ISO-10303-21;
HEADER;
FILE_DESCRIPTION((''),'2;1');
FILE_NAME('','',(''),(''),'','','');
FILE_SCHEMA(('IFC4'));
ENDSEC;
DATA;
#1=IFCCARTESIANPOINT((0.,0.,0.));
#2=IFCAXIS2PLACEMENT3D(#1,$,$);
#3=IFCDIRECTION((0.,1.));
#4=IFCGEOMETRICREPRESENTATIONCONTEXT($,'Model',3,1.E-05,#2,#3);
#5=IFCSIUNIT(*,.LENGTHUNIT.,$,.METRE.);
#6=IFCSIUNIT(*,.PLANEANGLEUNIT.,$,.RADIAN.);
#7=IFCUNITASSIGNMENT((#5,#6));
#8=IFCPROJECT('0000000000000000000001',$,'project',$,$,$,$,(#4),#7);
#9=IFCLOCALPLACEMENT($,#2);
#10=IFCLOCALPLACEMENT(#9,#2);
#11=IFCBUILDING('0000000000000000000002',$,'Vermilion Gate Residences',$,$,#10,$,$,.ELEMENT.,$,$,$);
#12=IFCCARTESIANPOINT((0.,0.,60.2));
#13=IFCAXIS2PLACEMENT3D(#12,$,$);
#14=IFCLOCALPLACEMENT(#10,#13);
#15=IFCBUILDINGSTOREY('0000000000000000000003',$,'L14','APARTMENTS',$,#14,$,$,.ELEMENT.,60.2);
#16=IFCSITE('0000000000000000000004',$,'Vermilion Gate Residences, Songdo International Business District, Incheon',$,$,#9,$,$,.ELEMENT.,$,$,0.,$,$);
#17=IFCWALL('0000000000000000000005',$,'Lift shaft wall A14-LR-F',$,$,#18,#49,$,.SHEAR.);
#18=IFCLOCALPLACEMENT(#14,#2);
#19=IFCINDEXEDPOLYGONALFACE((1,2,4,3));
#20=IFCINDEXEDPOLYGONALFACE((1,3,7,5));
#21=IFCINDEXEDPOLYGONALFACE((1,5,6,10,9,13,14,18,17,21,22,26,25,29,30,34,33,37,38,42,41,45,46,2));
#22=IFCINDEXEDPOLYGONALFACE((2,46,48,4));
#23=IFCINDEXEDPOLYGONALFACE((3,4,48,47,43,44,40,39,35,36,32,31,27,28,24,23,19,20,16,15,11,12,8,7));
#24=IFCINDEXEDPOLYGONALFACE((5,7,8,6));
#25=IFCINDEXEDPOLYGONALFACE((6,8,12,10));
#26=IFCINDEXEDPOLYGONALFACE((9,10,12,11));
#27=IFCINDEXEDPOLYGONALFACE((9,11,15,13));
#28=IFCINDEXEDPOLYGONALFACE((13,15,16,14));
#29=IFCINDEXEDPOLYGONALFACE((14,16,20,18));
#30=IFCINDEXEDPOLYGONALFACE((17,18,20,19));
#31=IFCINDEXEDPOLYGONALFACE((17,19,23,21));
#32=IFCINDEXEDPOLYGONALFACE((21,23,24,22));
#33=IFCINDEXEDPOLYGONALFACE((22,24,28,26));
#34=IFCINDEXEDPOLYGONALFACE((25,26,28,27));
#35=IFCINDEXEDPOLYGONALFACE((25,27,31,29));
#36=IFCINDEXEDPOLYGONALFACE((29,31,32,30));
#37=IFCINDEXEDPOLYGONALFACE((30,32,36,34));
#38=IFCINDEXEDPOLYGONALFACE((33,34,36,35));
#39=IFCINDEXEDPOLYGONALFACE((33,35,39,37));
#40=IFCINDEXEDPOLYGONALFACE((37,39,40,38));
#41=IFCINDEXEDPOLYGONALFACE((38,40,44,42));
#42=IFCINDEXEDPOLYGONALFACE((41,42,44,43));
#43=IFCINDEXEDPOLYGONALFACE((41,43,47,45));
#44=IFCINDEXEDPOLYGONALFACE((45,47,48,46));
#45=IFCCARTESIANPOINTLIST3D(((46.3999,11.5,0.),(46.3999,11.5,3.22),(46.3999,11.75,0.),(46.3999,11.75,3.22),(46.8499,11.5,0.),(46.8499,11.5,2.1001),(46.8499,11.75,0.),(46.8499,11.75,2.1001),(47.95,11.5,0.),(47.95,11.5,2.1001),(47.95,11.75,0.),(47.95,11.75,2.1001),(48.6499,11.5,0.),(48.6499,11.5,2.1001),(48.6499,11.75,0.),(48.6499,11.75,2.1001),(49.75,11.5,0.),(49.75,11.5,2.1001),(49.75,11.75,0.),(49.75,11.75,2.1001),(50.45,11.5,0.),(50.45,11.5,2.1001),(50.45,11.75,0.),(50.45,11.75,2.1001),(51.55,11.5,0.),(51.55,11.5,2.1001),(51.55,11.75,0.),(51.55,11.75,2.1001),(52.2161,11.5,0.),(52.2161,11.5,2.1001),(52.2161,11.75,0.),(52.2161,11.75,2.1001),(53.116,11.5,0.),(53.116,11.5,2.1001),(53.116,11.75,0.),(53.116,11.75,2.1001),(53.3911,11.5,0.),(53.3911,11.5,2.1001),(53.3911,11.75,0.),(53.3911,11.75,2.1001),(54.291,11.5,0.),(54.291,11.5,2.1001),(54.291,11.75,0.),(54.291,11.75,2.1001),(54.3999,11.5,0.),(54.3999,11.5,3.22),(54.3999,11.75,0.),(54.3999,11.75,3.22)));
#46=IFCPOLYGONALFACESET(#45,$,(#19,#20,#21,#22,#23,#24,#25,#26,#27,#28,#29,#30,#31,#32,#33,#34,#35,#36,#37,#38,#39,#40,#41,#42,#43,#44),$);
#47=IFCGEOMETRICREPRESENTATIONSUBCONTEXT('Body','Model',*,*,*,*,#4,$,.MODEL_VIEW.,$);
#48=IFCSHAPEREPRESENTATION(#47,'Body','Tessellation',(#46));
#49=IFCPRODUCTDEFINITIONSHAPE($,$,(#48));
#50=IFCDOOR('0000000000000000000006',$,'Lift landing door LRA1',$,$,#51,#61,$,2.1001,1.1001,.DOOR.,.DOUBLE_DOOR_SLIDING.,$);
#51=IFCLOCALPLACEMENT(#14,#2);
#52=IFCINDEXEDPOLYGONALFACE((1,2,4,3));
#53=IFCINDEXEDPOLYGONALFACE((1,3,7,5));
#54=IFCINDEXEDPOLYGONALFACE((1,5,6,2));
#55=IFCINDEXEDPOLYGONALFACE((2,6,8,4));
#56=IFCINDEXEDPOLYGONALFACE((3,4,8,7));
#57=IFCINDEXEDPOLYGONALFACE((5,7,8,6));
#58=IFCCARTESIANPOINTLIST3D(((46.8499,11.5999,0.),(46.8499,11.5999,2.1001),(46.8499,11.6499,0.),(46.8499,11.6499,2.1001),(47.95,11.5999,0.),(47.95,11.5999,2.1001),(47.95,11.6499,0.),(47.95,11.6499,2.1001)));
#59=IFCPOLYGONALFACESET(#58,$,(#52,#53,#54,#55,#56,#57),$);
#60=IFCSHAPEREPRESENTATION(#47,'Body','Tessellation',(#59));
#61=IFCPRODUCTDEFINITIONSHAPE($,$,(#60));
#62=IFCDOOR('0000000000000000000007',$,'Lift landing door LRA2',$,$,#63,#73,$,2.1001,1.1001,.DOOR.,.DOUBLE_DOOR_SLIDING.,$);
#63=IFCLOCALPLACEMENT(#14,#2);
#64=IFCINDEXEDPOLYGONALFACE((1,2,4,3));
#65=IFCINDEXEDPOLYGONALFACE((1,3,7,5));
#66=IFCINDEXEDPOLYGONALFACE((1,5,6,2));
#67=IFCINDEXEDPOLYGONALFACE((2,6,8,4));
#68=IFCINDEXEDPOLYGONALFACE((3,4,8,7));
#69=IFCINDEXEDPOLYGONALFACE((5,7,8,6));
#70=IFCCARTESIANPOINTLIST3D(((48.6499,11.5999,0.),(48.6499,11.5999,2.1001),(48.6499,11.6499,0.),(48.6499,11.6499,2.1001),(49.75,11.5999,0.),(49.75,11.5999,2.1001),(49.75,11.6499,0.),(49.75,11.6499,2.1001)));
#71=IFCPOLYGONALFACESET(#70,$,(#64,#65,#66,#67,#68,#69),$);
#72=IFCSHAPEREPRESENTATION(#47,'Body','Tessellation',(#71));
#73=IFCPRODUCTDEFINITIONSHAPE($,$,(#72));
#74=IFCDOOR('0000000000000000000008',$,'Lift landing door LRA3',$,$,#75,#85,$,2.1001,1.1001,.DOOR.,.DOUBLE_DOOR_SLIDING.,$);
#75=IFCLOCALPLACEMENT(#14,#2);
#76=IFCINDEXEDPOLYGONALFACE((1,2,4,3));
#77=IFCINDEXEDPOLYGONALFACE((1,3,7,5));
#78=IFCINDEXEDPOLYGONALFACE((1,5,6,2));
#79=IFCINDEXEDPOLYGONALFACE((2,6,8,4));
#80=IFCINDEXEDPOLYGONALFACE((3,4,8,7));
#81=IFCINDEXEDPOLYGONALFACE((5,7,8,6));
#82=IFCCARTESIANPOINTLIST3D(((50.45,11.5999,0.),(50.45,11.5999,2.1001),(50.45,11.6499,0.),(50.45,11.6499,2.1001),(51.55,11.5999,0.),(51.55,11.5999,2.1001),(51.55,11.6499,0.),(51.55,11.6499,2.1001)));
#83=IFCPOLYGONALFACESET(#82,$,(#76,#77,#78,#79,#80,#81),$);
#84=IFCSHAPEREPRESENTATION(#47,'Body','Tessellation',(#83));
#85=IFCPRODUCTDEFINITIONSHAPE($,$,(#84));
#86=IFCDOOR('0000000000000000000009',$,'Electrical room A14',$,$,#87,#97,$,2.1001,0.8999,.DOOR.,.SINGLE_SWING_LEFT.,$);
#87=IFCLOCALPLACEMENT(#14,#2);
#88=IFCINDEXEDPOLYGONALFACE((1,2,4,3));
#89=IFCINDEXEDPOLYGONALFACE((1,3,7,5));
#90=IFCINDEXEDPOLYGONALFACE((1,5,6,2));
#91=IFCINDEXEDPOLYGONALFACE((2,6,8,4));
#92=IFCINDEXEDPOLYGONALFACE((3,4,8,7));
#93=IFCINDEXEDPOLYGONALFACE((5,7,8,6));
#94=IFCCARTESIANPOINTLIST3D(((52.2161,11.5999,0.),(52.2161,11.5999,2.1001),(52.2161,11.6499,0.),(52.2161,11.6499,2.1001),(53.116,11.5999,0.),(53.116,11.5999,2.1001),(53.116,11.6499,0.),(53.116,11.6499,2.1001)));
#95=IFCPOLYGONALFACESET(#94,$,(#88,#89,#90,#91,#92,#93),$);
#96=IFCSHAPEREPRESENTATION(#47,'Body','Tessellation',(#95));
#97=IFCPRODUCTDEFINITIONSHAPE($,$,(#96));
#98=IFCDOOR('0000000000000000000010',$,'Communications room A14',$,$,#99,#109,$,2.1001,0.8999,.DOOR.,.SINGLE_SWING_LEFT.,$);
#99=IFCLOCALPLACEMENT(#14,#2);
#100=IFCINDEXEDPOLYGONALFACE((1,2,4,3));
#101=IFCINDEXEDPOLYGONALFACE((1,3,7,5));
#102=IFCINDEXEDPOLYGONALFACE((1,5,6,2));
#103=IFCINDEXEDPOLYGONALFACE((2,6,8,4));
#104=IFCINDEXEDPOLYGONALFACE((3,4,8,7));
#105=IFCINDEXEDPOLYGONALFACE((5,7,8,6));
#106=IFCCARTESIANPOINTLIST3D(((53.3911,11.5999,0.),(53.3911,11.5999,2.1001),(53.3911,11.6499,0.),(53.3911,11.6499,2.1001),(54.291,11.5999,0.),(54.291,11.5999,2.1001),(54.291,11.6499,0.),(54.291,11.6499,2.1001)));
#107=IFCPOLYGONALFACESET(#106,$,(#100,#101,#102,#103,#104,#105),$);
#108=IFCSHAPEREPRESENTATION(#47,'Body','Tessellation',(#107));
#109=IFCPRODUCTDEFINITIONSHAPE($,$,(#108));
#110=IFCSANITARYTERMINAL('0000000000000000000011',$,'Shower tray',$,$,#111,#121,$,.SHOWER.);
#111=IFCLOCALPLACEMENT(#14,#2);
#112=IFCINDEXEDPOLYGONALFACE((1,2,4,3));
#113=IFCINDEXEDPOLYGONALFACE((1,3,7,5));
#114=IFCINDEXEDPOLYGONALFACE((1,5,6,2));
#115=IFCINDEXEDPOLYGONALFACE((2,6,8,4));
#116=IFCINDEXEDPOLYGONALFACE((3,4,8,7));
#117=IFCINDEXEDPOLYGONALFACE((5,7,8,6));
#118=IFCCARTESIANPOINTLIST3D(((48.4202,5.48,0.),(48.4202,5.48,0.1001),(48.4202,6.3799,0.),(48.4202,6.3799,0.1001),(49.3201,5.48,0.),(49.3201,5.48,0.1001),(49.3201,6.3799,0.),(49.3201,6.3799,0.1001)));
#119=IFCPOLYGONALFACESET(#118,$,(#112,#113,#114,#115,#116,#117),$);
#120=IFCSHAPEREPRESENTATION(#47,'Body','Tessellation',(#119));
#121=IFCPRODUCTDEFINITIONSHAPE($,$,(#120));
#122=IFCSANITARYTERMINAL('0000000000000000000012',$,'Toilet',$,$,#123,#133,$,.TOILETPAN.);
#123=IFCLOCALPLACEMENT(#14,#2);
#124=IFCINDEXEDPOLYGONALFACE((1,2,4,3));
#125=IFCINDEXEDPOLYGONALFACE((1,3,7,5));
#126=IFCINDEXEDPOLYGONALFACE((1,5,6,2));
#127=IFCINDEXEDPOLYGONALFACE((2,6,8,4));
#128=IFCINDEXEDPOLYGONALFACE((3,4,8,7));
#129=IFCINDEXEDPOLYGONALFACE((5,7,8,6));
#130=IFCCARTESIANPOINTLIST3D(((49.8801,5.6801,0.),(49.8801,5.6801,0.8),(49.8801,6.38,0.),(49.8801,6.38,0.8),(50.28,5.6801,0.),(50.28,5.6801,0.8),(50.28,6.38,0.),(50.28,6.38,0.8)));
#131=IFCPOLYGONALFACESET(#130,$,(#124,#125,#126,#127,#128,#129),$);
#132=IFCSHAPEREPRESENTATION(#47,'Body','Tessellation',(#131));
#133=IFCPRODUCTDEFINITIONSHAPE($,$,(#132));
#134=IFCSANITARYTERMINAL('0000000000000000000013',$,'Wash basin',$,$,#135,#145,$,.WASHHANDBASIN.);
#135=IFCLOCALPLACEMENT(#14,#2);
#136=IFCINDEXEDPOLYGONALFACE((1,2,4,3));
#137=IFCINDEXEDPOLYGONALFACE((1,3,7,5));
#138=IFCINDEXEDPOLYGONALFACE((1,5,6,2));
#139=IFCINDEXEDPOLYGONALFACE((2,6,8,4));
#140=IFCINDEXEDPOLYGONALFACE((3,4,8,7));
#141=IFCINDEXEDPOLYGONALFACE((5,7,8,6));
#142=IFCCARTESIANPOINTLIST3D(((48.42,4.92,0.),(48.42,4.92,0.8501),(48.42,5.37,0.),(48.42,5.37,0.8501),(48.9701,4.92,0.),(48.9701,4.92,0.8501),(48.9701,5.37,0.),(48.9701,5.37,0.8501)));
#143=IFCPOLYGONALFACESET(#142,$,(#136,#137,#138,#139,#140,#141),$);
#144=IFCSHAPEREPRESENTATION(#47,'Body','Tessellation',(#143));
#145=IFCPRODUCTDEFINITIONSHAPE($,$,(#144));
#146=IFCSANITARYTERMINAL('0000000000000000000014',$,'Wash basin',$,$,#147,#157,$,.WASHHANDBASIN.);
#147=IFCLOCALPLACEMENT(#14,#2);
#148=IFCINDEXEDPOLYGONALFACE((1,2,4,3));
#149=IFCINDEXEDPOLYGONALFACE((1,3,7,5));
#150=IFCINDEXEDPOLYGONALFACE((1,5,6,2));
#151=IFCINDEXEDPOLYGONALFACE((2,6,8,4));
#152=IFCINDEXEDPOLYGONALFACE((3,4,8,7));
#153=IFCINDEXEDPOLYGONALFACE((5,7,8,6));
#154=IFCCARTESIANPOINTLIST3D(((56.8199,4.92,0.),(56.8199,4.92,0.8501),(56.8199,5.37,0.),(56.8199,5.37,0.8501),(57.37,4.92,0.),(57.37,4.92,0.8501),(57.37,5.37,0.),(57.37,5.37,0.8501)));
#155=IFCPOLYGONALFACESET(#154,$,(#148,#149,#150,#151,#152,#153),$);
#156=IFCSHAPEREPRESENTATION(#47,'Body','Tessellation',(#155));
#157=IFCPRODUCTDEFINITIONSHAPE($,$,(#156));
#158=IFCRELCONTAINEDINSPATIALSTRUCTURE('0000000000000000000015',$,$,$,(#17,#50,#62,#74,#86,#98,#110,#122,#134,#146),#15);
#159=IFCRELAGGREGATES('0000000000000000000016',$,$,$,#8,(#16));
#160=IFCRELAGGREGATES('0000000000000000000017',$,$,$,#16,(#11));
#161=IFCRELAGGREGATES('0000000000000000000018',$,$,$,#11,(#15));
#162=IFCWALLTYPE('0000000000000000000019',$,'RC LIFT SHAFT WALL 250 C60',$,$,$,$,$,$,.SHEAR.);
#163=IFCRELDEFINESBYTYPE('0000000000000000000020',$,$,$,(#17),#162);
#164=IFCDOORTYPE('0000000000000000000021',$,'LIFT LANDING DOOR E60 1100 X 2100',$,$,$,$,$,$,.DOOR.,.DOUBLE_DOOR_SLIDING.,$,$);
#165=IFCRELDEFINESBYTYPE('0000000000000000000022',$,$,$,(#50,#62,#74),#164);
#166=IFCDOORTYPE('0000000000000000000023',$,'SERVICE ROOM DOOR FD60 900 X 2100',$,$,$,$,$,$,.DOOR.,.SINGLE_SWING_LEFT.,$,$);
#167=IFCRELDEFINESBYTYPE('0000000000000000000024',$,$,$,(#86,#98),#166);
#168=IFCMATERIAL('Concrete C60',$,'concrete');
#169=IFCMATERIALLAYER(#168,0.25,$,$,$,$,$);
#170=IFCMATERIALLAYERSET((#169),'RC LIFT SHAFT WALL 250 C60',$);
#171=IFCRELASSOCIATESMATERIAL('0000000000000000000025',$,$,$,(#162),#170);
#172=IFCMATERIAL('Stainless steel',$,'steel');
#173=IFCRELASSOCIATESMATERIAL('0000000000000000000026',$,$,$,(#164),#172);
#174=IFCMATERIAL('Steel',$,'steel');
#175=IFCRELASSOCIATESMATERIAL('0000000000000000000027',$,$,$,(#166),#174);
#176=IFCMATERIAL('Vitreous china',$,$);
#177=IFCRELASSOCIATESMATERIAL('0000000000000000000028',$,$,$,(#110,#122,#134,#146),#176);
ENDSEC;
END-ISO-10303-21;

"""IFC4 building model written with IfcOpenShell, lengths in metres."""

from ifc_helpers import new_model, si_unit, direction, frame, frame_2d, origin, origin_2d, place, context, subcontext, project, spatial, rectangle, extrude, material, layer, layer_set, type_object, element, fill, save


model = new_model("IFC4")

# Units and contexts
model_context = context("Model", 3, precision=1e-05, world=origin(), true_north=direction((0.0, 1.0)))
body_context = subcontext(model_context, "Body", "Model", "MODEL_VIEW")
ifc_project = project(units=[si_unit("LENGTHUNIT", "METRE"), si_unit("PLANEANGLEUNIT", "RADIAN")], contexts=[model_context])

# Site, building, storey
site_placement = place(None, origin())
site = spatial("IfcSite", under=ifc_project, at=site_placement, Name="Vermilion Gate Residences, Songdo International Business District, Incheon", CompositionType="ELEMENT", RefElevation=0.0)
building_placement = place(site_placement, origin())
building = spatial("IfcBuilding", under=site, at=building_placement, Name="Vermilion Gate Residences", CompositionType="ELEMENT")
storey_placement = place(building_placement, frame((0.0, 0.0, 60.2)))
storey = spatial("IfcBuildingStorey", under=building, at=storey_placement, Name="L14", Description="APARTMENTS", CompositionType="ELEMENT", Elevation=60.2)

# Wall, openings, doors
ifc_material_1 = material(Name="Concrete C60", Category="concrete")
ifc_layer_1 = layer(ifc_material_1, 0.25)
ifc_layer_set_1 = layer_set([ifc_layer_1], Name="RC LIFT SHAFT WALL 250 C60")
wall_type_1 = type_object("IfcWallType", Name="RC LIFT SHAFT WALL 250 C60", PredefinedType="SHEAR", material=ifc_layer_set_1)
wall_1_placement = place(storey_placement, frame((46.3999, 11.625, 0.0), z_axis=(0.0, 0.0, 1.0), x_axis=(1.0, 0.0, 0.0)))
wall_1 = element("IfcWall", 1, at=wall_1_placement, inside=storey, type_object=wall_type_1, Name="Lift shaft wall A14-LR-F", PredefinedType="SHEAR", context=body_context, shape_type="SweptSolid", body=[
    extrude(rectangle(XDim=8.0, YDim=0.25, at=frame_2d((4.0, 0.0))), origin(), (0.0, 0.0, 1.0), 3.22),
])
opening_1_placement = place(wall_1_placement, frame((0.45, 0.0, 0.0)))
opening_1 = element("IfcOpeningElement", 2, at=opening_1_placement, cuts=wall_1, PredefinedType="OPENING", context=body_context, shape_type="SweptSolid", body=[
    extrude(rectangle(XDim=1.1001, YDim=2.1001, at=frame_2d((0.55, 1.05))), frame((0.0, 0.135, 0.0), z_axis=(0.0, -1.0, 0.0), x_axis=(1.0, 0.0, 0.0)), (0.0, 0.0, 1.0), 0.27),
])
opening_2_placement = place(wall_1_placement, frame((2.25, 0.0, 0.0)))
opening_2 = element("IfcOpeningElement", 3, at=opening_2_placement, cuts=wall_1, PredefinedType="OPENING", context=body_context, shape_type="SweptSolid", body=[
    extrude(rectangle(XDim=1.1001, YDim=2.1001, at=frame_2d((0.55, 1.05))), frame((0.0, 0.135, 0.0), z_axis=(0.0, -1.0, 0.0), x_axis=(1.0, 0.0, 0.0)), (0.0, 0.0, 1.0), 0.27),
])
opening_3_placement = place(wall_1_placement, frame((4.05, 0.0, 0.0)))
opening_3 = element("IfcOpeningElement", 4, at=opening_3_placement, cuts=wall_1, PredefinedType="OPENING", context=body_context, shape_type="SweptSolid", body=[
    extrude(rectangle(XDim=1.1001, YDim=2.1001, at=frame_2d((0.55, 1.05))), frame((0.0, 0.135, 0.0), z_axis=(0.0, -1.0, 0.0), x_axis=(1.0, 0.0, 0.0)), (0.0, 0.0, 1.0), 0.27),
])
opening_4_placement = place(wall_1_placement, frame((5.8162, 0.0, 0.0)))
opening_4 = element("IfcOpeningElement", 5, at=opening_4_placement, cuts=wall_1, PredefinedType="OPENING", context=body_context, shape_type="SweptSolid", body=[
    extrude(rectangle(XDim=0.8999, YDim=2.1001, at=frame_2d((0.45, 1.05))), frame((0.0, 0.135, 0.0), z_axis=(0.0, -1.0, 0.0), x_axis=(1.0, 0.0, 0.0)), (0.0, 0.0, 1.0), 0.27),
])
opening_5_placement = place(wall_1_placement, frame((6.9912, 0.0, 0.0)))
opening_5 = element("IfcOpeningElement", 6, at=opening_5_placement, cuts=wall_1, PredefinedType="OPENING", context=body_context, shape_type="SweptSolid", body=[
    extrude(rectangle(XDim=0.8999, YDim=2.1001, at=frame_2d((0.45, 1.05))), frame((0.0, 0.135, 0.0), z_axis=(0.0, -1.0, 0.0), x_axis=(1.0, 0.0, 0.0)), (0.0, 0.0, 1.0), 0.27),
])
ifc_material_2 = material(Name="Stainless steel", Category="steel")
door_type_1 = type_object("IfcDoorType", Name="LIFT LANDING DOOR E60 1100 X 2100", OperationType="DOUBLE_DOOR_SLIDING", PredefinedType="DOOR", material=ifc_material_2)
door_1_placement = place(opening_1_placement, origin())
door_1 = element("IfcDoor", 7, at=door_1_placement, inside=storey, type_object=door_type_1, Name="Lift landing door LRA1", OperationType="DOUBLE_DOOR_SLIDING", OverallHeight=2.1001, OverallWidth=1.1001, PredefinedType="DOOR", context=body_context, shape_type="SweptSolid", body=[
    extrude(rectangle(XDim=1.1001, YDim=2.1001, at=frame_2d((0.55, 1.05))), frame((0.0, 0.0249, 0.0), z_axis=(0.0, -1.0, 0.0), x_axis=(1.0, 0.0, 0.0)), (0.0, 0.0, 1.0), 0.05),
])
fill(opening_1, door_1)
door_2_placement = place(opening_2_placement, origin())
door_2 = element("IfcDoor", 8, at=door_2_placement, inside=storey, type_object=door_type_1, Name="Lift landing door LRA2", OperationType="DOUBLE_DOOR_SLIDING", OverallHeight=2.1001, OverallWidth=1.1001, PredefinedType="DOOR", context=body_context, shape_type="SweptSolid", body=[
    extrude(rectangle(XDim=1.1001, YDim=2.1001, at=frame_2d((0.55, 1.05))), frame((0.0, 0.0249, 0.0), z_axis=(0.0, -1.0, 0.0), x_axis=(1.0, 0.0, 0.0)), (0.0, 0.0, 1.0), 0.05),
])
fill(opening_2, door_2)
door_3_placement = place(opening_3_placement, origin())
door_3 = element("IfcDoor", 9, at=door_3_placement, inside=storey, type_object=door_type_1, Name="Lift landing door LRA3", OperationType="DOUBLE_DOOR_SLIDING", OverallHeight=2.1001, OverallWidth=1.1001, PredefinedType="DOOR", context=body_context, shape_type="SweptSolid", body=[
    extrude(rectangle(XDim=1.1001, YDim=2.1001, at=frame_2d((0.55, 1.05))), frame((0.0, 0.0249, 0.0), z_axis=(0.0, -1.0, 0.0), x_axis=(1.0, 0.0, 0.0)), (0.0, 0.0, 1.0), 0.05),
])
fill(opening_3, door_3)
ifc_material_3 = material(Name="Steel", Category="steel")
door_type_2 = type_object("IfcDoorType", Name="SERVICE ROOM DOOR FD60 900 X 2100", OperationType="SINGLE_SWING_LEFT", PredefinedType="DOOR", material=ifc_material_3)
door_4_placement = place(opening_4_placement, origin())
door_4 = element("IfcDoor", 10, at=door_4_placement, inside=storey, type_object=door_type_2, Name="Electrical room A14", OperationType="SINGLE_SWING_LEFT", OverallHeight=2.1001, OverallWidth=0.8999, PredefinedType="DOOR", context=body_context, shape_type="SweptSolid", body=[
    extrude(rectangle(XDim=0.8999, YDim=2.1001, at=frame_2d((0.45, 1.05))), frame((0.0, 0.0249, 0.0), z_axis=(0.0, -1.0, 0.0), x_axis=(1.0, 0.0, 0.0)), (0.0, 0.0, 1.0), 0.05),
])
fill(opening_4, door_4)
door_5_placement = place(opening_5_placement, origin())
door_5 = element("IfcDoor", 11, at=door_5_placement, inside=storey, type_object=door_type_2, Name="Communications room A14", OperationType="SINGLE_SWING_LEFT", OverallHeight=2.1001, OverallWidth=0.8999, PredefinedType="DOOR", context=body_context, shape_type="SweptSolid", body=[
    extrude(rectangle(XDim=0.8999, YDim=2.1001, at=frame_2d((0.45, 1.05))), frame((0.0, 0.0249, 0.0), z_axis=(0.0, -1.0, 0.0), x_axis=(1.0, 0.0, 0.0)), (0.0, 0.0, 1.0), 0.05),
])
fill(opening_5, door_5)

# Sanitary terminals
ifc_material_4 = material(Name="Vitreous china")
sanitary_terminal_1_placement = place(storey_placement, frame((48.8701, 5.9299, 0.0), z_axis=(0.0, 0.0, 1.0), x_axis=(1.0, 0.0, 0.0)))
element("IfcSanitaryTerminal", 12, at=sanitary_terminal_1_placement, inside=storey, material=ifc_material_4, Name="Shower tray", PredefinedType="SHOWER", context=body_context, shape_type="SweptSolid", body=[
    extrude(rectangle(XDim=0.8999, YDim=0.8999, at=origin_2d()), origin(), (0.0, 0.0, 1.0), 0.1001),
])
sanitary_terminal_2_placement = place(storey_placement, frame((50.0801, 6.03, 0.0), z_axis=(0.0, 0.0, 1.0), x_axis=(1.0, 0.0, 0.0)))
element("IfcSanitaryTerminal", 13, at=sanitary_terminal_2_placement, inside=storey, material=ifc_material_4, Name="Toilet", PredefinedType="TOILETPAN", context=body_context, shape_type="SweptSolid", body=[
    extrude(rectangle(XDim=0.3999, YDim=0.7, at=origin_2d()), origin(), (0.0, 0.0, 1.0), 0.8),
])
for number, where, z_axis, x_axis, name in (
    (14, (48.6951, 5.145, 0.0), (0.0, 0.0, 1.0), (1.0, 0.0, 0.0), "Wash basin"),
    (15, (57.095, 5.145, 0.0), (0.0, 0.0, 1.0), (1.0, 0.0, 0.0), "Wash basin"),
):
    element("IfcSanitaryTerminal", number, at=place(storey_placement, frame(where, z_axis=z_axis, x_axis=x_axis)), inside=storey, material=ifc_material_4, Name=name, PredefinedType="WASHHANDBASIN", context=body_context, shape_type="SweptSolid", body=[
        extrude(rectangle(XDim=0.55, YDim=0.45, at=origin_2d()), origin(), (0.0, 0.0, 1.0), 0.8501),
    ])

save(model, "model.ifc")
